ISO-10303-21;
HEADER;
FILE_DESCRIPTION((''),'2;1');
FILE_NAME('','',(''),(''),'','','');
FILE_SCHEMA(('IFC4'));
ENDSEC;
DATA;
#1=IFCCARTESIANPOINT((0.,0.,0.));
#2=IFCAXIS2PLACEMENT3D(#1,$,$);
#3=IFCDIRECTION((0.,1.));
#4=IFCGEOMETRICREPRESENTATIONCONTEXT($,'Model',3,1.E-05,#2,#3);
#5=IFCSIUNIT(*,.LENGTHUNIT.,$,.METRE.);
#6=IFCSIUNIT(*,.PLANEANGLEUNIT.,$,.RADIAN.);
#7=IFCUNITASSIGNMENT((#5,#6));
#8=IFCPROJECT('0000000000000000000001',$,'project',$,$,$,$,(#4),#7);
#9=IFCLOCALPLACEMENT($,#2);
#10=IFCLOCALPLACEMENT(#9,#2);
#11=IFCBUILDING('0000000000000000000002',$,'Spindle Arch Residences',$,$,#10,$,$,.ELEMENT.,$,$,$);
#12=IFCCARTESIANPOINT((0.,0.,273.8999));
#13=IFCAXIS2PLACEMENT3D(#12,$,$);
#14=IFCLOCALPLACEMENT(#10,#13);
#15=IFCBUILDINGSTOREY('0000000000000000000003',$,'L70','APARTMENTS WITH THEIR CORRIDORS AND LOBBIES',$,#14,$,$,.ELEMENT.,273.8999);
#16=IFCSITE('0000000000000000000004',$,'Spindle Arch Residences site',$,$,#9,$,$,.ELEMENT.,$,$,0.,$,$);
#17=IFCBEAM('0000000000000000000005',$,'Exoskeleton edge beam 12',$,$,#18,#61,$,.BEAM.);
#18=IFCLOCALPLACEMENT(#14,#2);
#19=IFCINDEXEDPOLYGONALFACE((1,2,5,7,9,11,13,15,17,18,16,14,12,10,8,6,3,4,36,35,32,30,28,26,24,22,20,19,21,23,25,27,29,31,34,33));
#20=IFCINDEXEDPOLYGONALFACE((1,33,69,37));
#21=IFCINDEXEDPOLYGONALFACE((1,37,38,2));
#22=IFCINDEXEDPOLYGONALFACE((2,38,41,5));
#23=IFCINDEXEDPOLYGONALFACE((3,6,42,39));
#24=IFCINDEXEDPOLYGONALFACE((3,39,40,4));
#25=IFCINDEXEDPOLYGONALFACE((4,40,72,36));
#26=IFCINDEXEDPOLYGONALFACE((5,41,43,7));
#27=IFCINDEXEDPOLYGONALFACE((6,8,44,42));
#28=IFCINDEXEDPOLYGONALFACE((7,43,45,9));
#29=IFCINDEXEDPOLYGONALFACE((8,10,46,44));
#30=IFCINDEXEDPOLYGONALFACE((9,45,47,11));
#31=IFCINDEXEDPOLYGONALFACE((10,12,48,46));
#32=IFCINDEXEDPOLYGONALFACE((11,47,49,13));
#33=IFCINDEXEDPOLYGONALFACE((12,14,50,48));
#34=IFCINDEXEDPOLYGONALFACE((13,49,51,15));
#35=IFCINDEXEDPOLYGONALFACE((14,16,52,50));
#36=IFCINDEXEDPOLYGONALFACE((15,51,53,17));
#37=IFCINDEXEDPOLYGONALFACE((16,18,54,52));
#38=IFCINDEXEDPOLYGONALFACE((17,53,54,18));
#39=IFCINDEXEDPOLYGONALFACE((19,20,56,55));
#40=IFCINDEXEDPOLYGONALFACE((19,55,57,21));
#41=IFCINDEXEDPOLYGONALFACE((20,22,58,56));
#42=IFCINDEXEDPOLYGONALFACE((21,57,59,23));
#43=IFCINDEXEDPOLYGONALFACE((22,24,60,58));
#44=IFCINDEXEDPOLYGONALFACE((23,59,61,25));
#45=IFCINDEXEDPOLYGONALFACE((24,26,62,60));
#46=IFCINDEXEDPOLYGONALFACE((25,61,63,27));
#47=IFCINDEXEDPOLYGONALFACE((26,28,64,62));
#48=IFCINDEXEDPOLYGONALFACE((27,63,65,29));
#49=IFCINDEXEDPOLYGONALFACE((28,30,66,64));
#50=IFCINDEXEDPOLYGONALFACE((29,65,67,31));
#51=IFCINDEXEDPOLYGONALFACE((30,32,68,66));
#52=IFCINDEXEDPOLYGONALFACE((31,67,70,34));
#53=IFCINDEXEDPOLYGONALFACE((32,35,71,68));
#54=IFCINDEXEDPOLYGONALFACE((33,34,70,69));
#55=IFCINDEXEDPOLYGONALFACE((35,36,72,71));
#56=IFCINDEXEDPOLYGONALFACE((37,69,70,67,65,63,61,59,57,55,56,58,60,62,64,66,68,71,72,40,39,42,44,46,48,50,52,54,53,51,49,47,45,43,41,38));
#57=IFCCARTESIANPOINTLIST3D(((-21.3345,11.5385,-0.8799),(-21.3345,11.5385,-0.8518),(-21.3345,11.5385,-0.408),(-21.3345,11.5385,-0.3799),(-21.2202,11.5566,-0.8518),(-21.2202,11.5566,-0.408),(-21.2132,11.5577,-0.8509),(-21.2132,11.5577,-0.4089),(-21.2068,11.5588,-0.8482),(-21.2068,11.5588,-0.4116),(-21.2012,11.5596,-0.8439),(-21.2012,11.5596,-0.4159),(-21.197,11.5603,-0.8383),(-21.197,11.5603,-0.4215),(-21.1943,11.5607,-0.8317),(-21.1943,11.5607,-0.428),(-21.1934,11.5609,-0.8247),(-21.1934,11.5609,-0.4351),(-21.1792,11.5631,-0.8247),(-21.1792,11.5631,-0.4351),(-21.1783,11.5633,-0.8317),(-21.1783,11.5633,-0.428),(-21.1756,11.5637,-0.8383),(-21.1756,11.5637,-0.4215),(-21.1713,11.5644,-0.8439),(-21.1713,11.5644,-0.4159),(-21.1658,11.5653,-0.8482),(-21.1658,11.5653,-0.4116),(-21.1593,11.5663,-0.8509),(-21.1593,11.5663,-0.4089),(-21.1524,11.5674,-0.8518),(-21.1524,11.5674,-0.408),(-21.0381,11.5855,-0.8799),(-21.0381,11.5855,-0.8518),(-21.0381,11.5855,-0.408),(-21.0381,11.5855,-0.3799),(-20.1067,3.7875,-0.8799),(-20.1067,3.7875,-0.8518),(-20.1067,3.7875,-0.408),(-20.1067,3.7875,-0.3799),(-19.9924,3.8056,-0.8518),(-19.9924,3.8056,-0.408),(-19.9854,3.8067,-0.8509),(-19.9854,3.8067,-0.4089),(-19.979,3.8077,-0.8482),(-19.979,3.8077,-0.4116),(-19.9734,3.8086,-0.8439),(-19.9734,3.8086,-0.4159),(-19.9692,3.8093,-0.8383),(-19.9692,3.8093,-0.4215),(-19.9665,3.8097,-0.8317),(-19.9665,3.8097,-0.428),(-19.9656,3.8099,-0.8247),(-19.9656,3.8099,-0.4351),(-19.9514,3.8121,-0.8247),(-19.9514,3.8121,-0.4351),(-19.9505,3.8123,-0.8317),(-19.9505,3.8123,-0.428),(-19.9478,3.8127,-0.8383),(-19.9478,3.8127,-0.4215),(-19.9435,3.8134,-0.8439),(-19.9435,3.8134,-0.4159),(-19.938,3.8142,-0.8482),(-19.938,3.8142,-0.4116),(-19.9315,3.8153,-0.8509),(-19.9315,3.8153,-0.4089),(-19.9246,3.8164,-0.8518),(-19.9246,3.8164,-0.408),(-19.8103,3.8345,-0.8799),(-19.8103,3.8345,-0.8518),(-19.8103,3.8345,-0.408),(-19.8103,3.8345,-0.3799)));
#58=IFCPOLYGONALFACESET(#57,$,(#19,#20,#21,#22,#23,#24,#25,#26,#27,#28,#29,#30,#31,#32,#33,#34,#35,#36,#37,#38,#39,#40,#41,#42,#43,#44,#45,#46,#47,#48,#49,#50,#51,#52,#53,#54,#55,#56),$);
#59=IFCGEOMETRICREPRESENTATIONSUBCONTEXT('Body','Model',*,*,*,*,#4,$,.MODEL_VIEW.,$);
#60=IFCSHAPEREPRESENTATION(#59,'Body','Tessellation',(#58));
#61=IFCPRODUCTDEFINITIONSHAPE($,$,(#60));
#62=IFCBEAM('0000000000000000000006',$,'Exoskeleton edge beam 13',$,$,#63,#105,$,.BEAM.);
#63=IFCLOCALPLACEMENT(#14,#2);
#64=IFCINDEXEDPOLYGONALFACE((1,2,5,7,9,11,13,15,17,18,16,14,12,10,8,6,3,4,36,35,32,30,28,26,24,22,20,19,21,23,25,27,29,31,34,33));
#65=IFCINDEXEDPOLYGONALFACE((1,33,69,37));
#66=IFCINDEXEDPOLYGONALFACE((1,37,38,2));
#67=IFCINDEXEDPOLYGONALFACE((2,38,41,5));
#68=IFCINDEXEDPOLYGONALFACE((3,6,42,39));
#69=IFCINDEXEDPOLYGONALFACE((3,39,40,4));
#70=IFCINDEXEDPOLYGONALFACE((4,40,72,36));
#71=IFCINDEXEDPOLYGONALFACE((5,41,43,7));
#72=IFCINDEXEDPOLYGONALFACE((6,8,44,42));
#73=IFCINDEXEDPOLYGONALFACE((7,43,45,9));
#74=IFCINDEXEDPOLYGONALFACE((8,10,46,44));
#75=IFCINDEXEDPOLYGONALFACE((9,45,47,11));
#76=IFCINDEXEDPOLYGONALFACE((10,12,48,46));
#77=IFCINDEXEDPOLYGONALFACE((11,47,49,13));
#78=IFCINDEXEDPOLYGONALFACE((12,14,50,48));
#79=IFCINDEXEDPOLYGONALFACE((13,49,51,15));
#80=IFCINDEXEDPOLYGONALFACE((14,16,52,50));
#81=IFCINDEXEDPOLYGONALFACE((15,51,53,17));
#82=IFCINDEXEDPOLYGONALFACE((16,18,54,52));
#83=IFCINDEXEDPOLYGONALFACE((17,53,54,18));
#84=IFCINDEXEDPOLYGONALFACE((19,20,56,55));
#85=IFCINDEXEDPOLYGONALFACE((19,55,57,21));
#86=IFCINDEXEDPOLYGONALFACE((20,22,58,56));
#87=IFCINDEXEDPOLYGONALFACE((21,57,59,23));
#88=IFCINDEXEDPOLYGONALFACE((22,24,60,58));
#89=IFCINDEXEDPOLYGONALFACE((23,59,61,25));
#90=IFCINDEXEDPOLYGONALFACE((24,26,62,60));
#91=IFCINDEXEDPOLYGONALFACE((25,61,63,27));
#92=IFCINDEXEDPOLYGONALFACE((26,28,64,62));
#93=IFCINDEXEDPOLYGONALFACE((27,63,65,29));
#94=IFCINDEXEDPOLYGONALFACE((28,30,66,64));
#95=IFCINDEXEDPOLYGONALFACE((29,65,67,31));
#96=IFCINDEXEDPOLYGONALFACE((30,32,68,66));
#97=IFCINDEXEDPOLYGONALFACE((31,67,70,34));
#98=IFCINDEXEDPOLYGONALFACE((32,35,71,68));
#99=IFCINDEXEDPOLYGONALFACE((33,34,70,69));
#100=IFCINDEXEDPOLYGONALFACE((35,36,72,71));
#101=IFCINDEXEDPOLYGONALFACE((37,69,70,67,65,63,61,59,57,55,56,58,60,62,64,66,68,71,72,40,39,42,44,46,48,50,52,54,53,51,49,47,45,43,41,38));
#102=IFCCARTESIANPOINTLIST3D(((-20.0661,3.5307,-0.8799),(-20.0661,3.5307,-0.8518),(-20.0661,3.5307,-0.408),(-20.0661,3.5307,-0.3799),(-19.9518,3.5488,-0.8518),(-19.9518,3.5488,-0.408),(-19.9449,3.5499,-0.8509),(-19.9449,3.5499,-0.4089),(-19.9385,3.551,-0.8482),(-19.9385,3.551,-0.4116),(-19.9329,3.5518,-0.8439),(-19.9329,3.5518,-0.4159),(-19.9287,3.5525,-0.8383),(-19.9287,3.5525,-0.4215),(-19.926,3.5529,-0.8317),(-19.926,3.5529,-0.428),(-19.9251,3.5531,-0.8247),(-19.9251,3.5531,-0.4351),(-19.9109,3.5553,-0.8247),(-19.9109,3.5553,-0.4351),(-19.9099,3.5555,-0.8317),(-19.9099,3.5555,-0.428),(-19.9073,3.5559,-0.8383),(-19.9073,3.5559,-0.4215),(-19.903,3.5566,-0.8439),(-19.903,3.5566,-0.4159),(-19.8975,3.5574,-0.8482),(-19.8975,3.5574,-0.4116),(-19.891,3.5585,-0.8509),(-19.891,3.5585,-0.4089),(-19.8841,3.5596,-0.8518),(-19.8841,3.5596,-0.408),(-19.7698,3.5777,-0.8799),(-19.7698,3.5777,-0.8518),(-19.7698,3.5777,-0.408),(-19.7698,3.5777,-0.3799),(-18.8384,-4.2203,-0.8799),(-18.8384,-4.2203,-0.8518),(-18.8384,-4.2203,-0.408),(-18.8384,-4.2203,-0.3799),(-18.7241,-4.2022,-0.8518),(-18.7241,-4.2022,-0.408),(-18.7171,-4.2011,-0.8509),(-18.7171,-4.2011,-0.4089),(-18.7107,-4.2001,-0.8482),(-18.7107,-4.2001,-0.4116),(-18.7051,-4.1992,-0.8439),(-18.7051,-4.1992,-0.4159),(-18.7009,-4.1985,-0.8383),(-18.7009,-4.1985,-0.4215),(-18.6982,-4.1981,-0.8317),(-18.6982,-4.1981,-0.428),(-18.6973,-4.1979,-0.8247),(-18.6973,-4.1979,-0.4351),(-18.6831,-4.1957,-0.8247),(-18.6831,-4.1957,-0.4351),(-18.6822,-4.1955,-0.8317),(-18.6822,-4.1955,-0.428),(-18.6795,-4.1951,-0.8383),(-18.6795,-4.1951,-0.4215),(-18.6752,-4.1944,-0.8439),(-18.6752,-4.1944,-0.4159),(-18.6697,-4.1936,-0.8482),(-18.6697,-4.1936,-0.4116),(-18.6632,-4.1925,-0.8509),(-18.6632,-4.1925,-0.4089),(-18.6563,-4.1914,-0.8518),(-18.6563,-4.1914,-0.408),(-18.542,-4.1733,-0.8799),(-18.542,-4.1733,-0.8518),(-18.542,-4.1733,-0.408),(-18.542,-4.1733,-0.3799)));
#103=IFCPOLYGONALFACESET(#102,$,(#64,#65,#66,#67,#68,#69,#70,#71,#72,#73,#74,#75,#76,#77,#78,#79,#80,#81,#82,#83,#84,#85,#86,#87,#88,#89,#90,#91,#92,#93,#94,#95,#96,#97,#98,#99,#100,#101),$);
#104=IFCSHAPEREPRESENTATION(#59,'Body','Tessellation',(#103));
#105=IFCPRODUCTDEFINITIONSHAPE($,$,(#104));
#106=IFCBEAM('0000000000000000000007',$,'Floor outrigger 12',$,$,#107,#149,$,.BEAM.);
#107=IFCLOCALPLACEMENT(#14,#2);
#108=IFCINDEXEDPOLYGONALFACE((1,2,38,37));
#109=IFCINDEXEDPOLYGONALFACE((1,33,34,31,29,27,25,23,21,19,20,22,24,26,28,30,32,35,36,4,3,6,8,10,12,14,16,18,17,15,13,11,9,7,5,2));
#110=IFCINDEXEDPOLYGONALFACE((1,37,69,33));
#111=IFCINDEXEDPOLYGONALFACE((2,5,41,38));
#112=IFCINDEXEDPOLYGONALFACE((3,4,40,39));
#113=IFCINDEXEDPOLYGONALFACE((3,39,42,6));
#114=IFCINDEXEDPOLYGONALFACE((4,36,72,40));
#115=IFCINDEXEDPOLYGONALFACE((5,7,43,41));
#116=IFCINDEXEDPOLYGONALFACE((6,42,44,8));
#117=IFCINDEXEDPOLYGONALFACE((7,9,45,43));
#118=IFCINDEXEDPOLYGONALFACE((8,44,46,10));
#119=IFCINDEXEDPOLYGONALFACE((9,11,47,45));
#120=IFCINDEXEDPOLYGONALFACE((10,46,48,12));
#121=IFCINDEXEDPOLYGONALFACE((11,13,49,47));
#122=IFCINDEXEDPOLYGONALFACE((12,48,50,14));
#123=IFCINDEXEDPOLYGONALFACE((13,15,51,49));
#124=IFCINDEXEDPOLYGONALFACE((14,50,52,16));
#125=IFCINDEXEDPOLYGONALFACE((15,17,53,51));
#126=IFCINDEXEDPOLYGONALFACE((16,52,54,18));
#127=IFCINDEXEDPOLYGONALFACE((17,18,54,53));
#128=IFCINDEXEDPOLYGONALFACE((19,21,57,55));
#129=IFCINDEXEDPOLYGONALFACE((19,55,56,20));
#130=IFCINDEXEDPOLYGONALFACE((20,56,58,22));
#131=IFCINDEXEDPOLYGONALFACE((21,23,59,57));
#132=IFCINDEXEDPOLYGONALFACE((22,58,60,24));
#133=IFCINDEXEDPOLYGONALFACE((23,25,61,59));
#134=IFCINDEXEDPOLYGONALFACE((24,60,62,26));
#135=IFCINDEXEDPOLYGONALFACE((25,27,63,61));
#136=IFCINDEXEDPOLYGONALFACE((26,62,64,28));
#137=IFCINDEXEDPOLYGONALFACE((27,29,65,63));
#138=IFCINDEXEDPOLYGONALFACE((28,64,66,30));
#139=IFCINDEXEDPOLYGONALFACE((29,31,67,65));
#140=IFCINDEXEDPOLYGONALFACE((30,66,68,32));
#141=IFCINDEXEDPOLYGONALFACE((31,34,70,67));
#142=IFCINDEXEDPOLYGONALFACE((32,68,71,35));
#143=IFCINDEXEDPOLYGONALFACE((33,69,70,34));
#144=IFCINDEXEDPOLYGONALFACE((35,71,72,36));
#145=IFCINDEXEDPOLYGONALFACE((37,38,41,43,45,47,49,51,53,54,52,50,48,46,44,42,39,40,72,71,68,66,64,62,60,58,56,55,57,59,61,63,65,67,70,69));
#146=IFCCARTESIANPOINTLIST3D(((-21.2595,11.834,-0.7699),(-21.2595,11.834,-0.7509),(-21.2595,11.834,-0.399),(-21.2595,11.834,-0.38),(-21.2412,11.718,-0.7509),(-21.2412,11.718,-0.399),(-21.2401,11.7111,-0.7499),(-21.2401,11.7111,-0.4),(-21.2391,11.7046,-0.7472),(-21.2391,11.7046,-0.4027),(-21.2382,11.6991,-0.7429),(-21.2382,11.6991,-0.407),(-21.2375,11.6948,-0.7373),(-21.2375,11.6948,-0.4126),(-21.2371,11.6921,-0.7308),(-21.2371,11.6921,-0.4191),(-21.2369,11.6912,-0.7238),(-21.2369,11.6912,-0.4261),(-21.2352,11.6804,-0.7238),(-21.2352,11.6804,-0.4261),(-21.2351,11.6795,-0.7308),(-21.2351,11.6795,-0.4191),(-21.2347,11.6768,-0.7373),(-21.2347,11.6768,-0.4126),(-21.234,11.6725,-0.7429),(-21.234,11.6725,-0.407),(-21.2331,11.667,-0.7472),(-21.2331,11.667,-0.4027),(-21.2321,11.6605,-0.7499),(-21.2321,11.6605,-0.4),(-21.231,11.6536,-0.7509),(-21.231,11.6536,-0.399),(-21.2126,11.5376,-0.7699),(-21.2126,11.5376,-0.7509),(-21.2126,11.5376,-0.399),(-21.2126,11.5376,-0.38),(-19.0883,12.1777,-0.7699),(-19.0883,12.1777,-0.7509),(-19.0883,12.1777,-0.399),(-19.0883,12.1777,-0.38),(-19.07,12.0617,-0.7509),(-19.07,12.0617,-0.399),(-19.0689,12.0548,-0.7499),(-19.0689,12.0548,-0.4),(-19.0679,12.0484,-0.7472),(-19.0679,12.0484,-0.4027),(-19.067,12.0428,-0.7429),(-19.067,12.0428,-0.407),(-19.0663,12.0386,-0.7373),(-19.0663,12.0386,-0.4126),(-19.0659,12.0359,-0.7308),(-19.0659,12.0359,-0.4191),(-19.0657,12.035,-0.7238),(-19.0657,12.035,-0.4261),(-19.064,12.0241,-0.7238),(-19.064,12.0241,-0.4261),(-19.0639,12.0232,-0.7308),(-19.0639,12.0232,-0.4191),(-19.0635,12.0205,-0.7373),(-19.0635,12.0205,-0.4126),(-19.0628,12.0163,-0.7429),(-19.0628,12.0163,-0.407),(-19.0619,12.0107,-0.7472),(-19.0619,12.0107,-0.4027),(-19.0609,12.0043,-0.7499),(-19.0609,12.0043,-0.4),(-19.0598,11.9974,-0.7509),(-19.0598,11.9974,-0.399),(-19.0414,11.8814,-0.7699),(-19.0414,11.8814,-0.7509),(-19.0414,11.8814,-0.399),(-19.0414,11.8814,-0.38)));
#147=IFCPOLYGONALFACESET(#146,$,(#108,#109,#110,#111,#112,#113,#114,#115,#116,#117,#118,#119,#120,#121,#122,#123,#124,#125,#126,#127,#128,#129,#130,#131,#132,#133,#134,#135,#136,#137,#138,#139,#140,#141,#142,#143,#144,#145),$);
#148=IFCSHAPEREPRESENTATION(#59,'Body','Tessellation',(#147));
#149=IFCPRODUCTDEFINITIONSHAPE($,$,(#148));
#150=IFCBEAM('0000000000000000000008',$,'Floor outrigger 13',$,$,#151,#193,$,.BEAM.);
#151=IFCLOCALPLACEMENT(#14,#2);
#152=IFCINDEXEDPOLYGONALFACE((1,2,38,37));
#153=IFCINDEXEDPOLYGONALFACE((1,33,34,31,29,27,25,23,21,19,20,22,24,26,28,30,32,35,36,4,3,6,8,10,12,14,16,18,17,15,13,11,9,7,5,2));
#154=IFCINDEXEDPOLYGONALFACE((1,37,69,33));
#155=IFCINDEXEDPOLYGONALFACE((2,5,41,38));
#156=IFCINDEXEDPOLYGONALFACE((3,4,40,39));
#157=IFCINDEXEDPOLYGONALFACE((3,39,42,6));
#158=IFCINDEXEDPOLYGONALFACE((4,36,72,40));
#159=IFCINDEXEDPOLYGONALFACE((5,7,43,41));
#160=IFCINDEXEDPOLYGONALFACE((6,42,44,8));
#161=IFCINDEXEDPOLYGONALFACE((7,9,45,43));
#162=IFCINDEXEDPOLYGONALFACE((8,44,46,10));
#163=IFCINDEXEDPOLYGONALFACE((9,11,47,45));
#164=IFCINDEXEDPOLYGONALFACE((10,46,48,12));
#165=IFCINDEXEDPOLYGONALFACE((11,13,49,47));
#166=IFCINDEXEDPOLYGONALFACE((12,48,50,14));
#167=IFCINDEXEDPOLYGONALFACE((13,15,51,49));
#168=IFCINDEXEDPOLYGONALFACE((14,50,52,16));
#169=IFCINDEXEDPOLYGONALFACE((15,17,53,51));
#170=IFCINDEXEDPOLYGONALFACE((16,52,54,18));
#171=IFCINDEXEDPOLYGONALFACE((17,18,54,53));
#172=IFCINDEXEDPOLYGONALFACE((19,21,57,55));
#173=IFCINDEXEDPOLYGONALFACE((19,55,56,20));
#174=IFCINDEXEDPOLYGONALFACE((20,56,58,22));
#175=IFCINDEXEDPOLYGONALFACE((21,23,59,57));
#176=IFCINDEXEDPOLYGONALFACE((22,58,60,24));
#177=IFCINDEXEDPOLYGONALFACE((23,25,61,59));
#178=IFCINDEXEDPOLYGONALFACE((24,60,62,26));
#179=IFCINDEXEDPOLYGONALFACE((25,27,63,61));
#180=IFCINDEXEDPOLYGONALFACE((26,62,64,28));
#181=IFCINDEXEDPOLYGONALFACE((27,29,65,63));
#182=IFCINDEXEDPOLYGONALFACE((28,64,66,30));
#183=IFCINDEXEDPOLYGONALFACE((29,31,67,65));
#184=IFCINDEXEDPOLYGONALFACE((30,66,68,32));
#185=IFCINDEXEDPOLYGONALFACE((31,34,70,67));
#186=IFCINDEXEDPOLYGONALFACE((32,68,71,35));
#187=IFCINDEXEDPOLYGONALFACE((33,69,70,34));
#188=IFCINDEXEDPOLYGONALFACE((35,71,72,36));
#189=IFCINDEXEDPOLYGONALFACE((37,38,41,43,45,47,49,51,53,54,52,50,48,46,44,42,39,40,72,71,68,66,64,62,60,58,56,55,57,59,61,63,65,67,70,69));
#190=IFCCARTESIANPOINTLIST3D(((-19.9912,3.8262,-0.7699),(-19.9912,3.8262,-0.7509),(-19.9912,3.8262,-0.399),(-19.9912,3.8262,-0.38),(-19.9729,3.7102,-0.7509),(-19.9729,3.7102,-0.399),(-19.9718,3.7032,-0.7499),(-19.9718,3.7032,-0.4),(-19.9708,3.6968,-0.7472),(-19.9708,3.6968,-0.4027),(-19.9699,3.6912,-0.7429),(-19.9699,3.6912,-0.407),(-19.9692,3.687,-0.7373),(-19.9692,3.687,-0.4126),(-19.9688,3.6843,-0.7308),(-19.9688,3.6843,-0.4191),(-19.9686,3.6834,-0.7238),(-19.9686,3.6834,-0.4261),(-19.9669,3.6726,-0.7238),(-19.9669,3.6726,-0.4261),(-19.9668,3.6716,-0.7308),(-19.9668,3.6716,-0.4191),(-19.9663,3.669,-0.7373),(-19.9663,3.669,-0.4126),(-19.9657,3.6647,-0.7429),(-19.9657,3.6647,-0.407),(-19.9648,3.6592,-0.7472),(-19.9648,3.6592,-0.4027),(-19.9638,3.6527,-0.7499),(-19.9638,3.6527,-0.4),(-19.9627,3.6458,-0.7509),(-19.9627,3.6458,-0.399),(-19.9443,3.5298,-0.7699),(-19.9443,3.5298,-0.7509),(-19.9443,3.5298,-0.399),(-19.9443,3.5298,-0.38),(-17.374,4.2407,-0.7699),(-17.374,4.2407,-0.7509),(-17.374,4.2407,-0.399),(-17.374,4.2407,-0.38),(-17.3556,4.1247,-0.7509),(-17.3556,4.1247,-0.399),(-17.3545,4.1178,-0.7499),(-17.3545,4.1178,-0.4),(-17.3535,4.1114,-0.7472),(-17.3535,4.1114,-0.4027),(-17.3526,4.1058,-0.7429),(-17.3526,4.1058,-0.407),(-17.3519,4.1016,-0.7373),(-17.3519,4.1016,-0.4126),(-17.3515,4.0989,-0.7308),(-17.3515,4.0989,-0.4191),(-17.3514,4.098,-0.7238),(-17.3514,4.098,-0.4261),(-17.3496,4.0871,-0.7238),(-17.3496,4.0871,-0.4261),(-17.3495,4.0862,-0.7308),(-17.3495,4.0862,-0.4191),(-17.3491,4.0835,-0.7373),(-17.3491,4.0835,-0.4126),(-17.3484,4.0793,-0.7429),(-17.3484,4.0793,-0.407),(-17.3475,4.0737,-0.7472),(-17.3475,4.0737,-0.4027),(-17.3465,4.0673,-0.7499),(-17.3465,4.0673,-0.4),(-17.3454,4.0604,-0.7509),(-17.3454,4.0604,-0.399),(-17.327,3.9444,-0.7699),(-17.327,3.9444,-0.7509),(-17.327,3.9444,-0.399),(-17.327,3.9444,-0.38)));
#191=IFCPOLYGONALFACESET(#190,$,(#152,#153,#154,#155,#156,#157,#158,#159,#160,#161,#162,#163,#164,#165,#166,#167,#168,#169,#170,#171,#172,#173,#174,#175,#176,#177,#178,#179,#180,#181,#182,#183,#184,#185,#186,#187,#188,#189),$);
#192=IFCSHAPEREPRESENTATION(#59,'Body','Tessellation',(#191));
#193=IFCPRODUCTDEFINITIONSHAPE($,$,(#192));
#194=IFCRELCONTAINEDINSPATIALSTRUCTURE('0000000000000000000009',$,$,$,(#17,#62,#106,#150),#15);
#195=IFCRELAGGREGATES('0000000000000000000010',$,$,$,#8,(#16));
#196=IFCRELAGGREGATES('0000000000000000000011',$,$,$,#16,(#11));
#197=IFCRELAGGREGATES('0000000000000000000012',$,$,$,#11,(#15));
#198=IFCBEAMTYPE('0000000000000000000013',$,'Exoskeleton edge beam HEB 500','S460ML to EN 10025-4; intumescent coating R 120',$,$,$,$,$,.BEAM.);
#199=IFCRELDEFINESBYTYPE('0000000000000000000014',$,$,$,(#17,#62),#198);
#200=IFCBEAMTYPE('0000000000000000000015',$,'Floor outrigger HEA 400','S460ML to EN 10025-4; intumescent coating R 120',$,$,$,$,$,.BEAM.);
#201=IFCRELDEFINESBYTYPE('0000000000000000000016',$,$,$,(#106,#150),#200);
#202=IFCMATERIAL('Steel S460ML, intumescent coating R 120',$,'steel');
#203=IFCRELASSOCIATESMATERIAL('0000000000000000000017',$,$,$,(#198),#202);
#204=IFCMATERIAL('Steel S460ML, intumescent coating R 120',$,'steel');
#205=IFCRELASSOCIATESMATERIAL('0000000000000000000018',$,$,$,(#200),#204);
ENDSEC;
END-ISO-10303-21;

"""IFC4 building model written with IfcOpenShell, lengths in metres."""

from ifc_helpers import new_model, si_unit, direction, frame, origin, origin_2d, place, context, subcontext, project, spatial, i_section, extrude, material, material_profile, profile_set, type_object, element, save


model = new_model("IFC4")

# Units and contexts
model_context = context("Model", 3, precision=1e-05, world=origin(), true_north=direction((0.0, 1.0)))
body_context = subcontext(model_context, "Body", "Model", "MODEL_VIEW")
ifc_project = project(units=[si_unit("LENGTHUNIT", "METRE"), si_unit("PLANEANGLEUNIT", "RADIAN")], contexts=[model_context])

# Site, building, storey
site_placement = place(None, origin())
site = spatial("IfcSite", under=ifc_project, at=site_placement, Name="Spindle Arch Residences site", CompositionType="ELEMENT", RefElevation=0.0)
building_placement = place(site_placement, origin())
building = spatial("IfcBuilding", under=site, at=building_placement, Name="Spindle Arch Residences", CompositionType="ELEMENT")
storey_placement = place(building_placement, frame((0.0, 0.0, 273.8999)))
storey = spatial("IfcBuildingStorey", under=building, at=storey_placement, Name="L70", Description="APARTMENTS WITH THEIR CORRIDORS AND LOBBIES", CompositionType="ELEMENT", Elevation=273.8999)

# Beams
ifc_material_1 = material(Name="Steel S460ML, intumescent coating R 120", Category="steel")
ifc_material_profile_1 = material_profile(ifc_material_1, i_section(OverallWidth=0.3, OverallDepth=0.5, WebThickness=0.0144, FlangeThickness=0.0281, FilletRadius=0.0271, at=origin_2d()), Name="HEB 500")
ifc_profile_set_1 = profile_set([ifc_material_profile_1], Name="Steel S460ML, intumescent coating R 120")
beam_type_1 = type_object("IfcBeamType", Name="Exoskeleton edge beam HEB 500", Description="S460ML to EN 10025-4; intumescent coating R 120", PredefinedType="BEAM", material=ifc_profile_set_1)
for number, where, z_axis, x_axis, name in (
    (1, (-21.1863, 11.562, -0.6299), (0.156453, -0.987685, 0.0), (0.987685, 0.156453, 0.0), "Exoskeleton edge beam 12"),
    (2, (-19.918, 3.5542, -0.6299), (0.156453, -0.987685, 0.0), (0.987685, 0.156453, 0.0), "Exoskeleton edge beam 13"),
):
    element("IfcBeam", number, at=place(storey_placement, frame(where, z_axis=z_axis, x_axis=x_axis)), inside=storey, type_object=beam_type_1, Name=name, PredefinedType="BEAM", context=body_context, shape_type="SweptSolid", body=[
        extrude(i_section(OverallWidth=0.3, OverallDepth=0.5, WebThickness=0.0144, FlangeThickness=0.0281, FilletRadius=0.0271, at=origin_2d()), origin(), (0.0, 0.0, 1.0), 7.8477),
    ])
ifc_material_2 = material(Name="Steel S460ML, intumescent coating R 120", Category="steel")
ifc_material_profile_2 = material_profile(ifc_material_2, i_section(OverallWidth=0.3, OverallDepth=0.3899, WebThickness=0.011, FlangeThickness=0.019, FilletRadius=0.0271, at=origin_2d()), Name="HEA 400")
ifc_profile_set_2 = profile_set([ifc_material_profile_2], Name="Steel S460ML, intumescent coating R 120")
beam_type_2 = type_object("IfcBeamType", Name="Floor outrigger HEA 400", Description="S460ML to EN 10025-4; intumescent coating R 120", PredefinedType="BEAM", material=ifc_profile_set_2)
beam_1_placement = place(storey_placement, frame((-21.2361, 11.6858, -0.575), z_axis=(0.987697, 0.156379, 0.0), x_axis=(-0.156379, 0.987697, 0.0)))
element("IfcBeam", 3, at=beam_1_placement, inside=storey, type_object=beam_type_2, Name="Floor outrigger 12", PredefinedType="BEAM", context=body_context, shape_type="SweptSolid", body=[
    extrude(i_section(OverallWidth=0.3, OverallDepth=0.3899, WebThickness=0.011, FlangeThickness=0.019, FilletRadius=0.0271, at=origin_2d()), origin(), (0.0, 0.0, 1.0), 2.1982),
])
beam_2_placement = place(storey_placement, frame((-19.9678, 3.678, -0.575), z_axis=(0.987687, 0.156445, 0.0), x_axis=(-0.156445, 0.987687, 0.0)))
element("IfcBeam", 4, at=beam_2_placement, inside=storey, type_object=beam_type_2, Name="Floor outrigger 13", PredefinedType="BEAM", context=body_context, shape_type="SweptSolid", body=[
    extrude(i_section(OverallWidth=0.3, OverallDepth=0.3899, WebThickness=0.011, FlangeThickness=0.019, FilletRadius=0.0271, at=origin_2d()), origin(), (0.0, 0.0, 1.0), 2.6499),
])

save(model, "model.ifc")
